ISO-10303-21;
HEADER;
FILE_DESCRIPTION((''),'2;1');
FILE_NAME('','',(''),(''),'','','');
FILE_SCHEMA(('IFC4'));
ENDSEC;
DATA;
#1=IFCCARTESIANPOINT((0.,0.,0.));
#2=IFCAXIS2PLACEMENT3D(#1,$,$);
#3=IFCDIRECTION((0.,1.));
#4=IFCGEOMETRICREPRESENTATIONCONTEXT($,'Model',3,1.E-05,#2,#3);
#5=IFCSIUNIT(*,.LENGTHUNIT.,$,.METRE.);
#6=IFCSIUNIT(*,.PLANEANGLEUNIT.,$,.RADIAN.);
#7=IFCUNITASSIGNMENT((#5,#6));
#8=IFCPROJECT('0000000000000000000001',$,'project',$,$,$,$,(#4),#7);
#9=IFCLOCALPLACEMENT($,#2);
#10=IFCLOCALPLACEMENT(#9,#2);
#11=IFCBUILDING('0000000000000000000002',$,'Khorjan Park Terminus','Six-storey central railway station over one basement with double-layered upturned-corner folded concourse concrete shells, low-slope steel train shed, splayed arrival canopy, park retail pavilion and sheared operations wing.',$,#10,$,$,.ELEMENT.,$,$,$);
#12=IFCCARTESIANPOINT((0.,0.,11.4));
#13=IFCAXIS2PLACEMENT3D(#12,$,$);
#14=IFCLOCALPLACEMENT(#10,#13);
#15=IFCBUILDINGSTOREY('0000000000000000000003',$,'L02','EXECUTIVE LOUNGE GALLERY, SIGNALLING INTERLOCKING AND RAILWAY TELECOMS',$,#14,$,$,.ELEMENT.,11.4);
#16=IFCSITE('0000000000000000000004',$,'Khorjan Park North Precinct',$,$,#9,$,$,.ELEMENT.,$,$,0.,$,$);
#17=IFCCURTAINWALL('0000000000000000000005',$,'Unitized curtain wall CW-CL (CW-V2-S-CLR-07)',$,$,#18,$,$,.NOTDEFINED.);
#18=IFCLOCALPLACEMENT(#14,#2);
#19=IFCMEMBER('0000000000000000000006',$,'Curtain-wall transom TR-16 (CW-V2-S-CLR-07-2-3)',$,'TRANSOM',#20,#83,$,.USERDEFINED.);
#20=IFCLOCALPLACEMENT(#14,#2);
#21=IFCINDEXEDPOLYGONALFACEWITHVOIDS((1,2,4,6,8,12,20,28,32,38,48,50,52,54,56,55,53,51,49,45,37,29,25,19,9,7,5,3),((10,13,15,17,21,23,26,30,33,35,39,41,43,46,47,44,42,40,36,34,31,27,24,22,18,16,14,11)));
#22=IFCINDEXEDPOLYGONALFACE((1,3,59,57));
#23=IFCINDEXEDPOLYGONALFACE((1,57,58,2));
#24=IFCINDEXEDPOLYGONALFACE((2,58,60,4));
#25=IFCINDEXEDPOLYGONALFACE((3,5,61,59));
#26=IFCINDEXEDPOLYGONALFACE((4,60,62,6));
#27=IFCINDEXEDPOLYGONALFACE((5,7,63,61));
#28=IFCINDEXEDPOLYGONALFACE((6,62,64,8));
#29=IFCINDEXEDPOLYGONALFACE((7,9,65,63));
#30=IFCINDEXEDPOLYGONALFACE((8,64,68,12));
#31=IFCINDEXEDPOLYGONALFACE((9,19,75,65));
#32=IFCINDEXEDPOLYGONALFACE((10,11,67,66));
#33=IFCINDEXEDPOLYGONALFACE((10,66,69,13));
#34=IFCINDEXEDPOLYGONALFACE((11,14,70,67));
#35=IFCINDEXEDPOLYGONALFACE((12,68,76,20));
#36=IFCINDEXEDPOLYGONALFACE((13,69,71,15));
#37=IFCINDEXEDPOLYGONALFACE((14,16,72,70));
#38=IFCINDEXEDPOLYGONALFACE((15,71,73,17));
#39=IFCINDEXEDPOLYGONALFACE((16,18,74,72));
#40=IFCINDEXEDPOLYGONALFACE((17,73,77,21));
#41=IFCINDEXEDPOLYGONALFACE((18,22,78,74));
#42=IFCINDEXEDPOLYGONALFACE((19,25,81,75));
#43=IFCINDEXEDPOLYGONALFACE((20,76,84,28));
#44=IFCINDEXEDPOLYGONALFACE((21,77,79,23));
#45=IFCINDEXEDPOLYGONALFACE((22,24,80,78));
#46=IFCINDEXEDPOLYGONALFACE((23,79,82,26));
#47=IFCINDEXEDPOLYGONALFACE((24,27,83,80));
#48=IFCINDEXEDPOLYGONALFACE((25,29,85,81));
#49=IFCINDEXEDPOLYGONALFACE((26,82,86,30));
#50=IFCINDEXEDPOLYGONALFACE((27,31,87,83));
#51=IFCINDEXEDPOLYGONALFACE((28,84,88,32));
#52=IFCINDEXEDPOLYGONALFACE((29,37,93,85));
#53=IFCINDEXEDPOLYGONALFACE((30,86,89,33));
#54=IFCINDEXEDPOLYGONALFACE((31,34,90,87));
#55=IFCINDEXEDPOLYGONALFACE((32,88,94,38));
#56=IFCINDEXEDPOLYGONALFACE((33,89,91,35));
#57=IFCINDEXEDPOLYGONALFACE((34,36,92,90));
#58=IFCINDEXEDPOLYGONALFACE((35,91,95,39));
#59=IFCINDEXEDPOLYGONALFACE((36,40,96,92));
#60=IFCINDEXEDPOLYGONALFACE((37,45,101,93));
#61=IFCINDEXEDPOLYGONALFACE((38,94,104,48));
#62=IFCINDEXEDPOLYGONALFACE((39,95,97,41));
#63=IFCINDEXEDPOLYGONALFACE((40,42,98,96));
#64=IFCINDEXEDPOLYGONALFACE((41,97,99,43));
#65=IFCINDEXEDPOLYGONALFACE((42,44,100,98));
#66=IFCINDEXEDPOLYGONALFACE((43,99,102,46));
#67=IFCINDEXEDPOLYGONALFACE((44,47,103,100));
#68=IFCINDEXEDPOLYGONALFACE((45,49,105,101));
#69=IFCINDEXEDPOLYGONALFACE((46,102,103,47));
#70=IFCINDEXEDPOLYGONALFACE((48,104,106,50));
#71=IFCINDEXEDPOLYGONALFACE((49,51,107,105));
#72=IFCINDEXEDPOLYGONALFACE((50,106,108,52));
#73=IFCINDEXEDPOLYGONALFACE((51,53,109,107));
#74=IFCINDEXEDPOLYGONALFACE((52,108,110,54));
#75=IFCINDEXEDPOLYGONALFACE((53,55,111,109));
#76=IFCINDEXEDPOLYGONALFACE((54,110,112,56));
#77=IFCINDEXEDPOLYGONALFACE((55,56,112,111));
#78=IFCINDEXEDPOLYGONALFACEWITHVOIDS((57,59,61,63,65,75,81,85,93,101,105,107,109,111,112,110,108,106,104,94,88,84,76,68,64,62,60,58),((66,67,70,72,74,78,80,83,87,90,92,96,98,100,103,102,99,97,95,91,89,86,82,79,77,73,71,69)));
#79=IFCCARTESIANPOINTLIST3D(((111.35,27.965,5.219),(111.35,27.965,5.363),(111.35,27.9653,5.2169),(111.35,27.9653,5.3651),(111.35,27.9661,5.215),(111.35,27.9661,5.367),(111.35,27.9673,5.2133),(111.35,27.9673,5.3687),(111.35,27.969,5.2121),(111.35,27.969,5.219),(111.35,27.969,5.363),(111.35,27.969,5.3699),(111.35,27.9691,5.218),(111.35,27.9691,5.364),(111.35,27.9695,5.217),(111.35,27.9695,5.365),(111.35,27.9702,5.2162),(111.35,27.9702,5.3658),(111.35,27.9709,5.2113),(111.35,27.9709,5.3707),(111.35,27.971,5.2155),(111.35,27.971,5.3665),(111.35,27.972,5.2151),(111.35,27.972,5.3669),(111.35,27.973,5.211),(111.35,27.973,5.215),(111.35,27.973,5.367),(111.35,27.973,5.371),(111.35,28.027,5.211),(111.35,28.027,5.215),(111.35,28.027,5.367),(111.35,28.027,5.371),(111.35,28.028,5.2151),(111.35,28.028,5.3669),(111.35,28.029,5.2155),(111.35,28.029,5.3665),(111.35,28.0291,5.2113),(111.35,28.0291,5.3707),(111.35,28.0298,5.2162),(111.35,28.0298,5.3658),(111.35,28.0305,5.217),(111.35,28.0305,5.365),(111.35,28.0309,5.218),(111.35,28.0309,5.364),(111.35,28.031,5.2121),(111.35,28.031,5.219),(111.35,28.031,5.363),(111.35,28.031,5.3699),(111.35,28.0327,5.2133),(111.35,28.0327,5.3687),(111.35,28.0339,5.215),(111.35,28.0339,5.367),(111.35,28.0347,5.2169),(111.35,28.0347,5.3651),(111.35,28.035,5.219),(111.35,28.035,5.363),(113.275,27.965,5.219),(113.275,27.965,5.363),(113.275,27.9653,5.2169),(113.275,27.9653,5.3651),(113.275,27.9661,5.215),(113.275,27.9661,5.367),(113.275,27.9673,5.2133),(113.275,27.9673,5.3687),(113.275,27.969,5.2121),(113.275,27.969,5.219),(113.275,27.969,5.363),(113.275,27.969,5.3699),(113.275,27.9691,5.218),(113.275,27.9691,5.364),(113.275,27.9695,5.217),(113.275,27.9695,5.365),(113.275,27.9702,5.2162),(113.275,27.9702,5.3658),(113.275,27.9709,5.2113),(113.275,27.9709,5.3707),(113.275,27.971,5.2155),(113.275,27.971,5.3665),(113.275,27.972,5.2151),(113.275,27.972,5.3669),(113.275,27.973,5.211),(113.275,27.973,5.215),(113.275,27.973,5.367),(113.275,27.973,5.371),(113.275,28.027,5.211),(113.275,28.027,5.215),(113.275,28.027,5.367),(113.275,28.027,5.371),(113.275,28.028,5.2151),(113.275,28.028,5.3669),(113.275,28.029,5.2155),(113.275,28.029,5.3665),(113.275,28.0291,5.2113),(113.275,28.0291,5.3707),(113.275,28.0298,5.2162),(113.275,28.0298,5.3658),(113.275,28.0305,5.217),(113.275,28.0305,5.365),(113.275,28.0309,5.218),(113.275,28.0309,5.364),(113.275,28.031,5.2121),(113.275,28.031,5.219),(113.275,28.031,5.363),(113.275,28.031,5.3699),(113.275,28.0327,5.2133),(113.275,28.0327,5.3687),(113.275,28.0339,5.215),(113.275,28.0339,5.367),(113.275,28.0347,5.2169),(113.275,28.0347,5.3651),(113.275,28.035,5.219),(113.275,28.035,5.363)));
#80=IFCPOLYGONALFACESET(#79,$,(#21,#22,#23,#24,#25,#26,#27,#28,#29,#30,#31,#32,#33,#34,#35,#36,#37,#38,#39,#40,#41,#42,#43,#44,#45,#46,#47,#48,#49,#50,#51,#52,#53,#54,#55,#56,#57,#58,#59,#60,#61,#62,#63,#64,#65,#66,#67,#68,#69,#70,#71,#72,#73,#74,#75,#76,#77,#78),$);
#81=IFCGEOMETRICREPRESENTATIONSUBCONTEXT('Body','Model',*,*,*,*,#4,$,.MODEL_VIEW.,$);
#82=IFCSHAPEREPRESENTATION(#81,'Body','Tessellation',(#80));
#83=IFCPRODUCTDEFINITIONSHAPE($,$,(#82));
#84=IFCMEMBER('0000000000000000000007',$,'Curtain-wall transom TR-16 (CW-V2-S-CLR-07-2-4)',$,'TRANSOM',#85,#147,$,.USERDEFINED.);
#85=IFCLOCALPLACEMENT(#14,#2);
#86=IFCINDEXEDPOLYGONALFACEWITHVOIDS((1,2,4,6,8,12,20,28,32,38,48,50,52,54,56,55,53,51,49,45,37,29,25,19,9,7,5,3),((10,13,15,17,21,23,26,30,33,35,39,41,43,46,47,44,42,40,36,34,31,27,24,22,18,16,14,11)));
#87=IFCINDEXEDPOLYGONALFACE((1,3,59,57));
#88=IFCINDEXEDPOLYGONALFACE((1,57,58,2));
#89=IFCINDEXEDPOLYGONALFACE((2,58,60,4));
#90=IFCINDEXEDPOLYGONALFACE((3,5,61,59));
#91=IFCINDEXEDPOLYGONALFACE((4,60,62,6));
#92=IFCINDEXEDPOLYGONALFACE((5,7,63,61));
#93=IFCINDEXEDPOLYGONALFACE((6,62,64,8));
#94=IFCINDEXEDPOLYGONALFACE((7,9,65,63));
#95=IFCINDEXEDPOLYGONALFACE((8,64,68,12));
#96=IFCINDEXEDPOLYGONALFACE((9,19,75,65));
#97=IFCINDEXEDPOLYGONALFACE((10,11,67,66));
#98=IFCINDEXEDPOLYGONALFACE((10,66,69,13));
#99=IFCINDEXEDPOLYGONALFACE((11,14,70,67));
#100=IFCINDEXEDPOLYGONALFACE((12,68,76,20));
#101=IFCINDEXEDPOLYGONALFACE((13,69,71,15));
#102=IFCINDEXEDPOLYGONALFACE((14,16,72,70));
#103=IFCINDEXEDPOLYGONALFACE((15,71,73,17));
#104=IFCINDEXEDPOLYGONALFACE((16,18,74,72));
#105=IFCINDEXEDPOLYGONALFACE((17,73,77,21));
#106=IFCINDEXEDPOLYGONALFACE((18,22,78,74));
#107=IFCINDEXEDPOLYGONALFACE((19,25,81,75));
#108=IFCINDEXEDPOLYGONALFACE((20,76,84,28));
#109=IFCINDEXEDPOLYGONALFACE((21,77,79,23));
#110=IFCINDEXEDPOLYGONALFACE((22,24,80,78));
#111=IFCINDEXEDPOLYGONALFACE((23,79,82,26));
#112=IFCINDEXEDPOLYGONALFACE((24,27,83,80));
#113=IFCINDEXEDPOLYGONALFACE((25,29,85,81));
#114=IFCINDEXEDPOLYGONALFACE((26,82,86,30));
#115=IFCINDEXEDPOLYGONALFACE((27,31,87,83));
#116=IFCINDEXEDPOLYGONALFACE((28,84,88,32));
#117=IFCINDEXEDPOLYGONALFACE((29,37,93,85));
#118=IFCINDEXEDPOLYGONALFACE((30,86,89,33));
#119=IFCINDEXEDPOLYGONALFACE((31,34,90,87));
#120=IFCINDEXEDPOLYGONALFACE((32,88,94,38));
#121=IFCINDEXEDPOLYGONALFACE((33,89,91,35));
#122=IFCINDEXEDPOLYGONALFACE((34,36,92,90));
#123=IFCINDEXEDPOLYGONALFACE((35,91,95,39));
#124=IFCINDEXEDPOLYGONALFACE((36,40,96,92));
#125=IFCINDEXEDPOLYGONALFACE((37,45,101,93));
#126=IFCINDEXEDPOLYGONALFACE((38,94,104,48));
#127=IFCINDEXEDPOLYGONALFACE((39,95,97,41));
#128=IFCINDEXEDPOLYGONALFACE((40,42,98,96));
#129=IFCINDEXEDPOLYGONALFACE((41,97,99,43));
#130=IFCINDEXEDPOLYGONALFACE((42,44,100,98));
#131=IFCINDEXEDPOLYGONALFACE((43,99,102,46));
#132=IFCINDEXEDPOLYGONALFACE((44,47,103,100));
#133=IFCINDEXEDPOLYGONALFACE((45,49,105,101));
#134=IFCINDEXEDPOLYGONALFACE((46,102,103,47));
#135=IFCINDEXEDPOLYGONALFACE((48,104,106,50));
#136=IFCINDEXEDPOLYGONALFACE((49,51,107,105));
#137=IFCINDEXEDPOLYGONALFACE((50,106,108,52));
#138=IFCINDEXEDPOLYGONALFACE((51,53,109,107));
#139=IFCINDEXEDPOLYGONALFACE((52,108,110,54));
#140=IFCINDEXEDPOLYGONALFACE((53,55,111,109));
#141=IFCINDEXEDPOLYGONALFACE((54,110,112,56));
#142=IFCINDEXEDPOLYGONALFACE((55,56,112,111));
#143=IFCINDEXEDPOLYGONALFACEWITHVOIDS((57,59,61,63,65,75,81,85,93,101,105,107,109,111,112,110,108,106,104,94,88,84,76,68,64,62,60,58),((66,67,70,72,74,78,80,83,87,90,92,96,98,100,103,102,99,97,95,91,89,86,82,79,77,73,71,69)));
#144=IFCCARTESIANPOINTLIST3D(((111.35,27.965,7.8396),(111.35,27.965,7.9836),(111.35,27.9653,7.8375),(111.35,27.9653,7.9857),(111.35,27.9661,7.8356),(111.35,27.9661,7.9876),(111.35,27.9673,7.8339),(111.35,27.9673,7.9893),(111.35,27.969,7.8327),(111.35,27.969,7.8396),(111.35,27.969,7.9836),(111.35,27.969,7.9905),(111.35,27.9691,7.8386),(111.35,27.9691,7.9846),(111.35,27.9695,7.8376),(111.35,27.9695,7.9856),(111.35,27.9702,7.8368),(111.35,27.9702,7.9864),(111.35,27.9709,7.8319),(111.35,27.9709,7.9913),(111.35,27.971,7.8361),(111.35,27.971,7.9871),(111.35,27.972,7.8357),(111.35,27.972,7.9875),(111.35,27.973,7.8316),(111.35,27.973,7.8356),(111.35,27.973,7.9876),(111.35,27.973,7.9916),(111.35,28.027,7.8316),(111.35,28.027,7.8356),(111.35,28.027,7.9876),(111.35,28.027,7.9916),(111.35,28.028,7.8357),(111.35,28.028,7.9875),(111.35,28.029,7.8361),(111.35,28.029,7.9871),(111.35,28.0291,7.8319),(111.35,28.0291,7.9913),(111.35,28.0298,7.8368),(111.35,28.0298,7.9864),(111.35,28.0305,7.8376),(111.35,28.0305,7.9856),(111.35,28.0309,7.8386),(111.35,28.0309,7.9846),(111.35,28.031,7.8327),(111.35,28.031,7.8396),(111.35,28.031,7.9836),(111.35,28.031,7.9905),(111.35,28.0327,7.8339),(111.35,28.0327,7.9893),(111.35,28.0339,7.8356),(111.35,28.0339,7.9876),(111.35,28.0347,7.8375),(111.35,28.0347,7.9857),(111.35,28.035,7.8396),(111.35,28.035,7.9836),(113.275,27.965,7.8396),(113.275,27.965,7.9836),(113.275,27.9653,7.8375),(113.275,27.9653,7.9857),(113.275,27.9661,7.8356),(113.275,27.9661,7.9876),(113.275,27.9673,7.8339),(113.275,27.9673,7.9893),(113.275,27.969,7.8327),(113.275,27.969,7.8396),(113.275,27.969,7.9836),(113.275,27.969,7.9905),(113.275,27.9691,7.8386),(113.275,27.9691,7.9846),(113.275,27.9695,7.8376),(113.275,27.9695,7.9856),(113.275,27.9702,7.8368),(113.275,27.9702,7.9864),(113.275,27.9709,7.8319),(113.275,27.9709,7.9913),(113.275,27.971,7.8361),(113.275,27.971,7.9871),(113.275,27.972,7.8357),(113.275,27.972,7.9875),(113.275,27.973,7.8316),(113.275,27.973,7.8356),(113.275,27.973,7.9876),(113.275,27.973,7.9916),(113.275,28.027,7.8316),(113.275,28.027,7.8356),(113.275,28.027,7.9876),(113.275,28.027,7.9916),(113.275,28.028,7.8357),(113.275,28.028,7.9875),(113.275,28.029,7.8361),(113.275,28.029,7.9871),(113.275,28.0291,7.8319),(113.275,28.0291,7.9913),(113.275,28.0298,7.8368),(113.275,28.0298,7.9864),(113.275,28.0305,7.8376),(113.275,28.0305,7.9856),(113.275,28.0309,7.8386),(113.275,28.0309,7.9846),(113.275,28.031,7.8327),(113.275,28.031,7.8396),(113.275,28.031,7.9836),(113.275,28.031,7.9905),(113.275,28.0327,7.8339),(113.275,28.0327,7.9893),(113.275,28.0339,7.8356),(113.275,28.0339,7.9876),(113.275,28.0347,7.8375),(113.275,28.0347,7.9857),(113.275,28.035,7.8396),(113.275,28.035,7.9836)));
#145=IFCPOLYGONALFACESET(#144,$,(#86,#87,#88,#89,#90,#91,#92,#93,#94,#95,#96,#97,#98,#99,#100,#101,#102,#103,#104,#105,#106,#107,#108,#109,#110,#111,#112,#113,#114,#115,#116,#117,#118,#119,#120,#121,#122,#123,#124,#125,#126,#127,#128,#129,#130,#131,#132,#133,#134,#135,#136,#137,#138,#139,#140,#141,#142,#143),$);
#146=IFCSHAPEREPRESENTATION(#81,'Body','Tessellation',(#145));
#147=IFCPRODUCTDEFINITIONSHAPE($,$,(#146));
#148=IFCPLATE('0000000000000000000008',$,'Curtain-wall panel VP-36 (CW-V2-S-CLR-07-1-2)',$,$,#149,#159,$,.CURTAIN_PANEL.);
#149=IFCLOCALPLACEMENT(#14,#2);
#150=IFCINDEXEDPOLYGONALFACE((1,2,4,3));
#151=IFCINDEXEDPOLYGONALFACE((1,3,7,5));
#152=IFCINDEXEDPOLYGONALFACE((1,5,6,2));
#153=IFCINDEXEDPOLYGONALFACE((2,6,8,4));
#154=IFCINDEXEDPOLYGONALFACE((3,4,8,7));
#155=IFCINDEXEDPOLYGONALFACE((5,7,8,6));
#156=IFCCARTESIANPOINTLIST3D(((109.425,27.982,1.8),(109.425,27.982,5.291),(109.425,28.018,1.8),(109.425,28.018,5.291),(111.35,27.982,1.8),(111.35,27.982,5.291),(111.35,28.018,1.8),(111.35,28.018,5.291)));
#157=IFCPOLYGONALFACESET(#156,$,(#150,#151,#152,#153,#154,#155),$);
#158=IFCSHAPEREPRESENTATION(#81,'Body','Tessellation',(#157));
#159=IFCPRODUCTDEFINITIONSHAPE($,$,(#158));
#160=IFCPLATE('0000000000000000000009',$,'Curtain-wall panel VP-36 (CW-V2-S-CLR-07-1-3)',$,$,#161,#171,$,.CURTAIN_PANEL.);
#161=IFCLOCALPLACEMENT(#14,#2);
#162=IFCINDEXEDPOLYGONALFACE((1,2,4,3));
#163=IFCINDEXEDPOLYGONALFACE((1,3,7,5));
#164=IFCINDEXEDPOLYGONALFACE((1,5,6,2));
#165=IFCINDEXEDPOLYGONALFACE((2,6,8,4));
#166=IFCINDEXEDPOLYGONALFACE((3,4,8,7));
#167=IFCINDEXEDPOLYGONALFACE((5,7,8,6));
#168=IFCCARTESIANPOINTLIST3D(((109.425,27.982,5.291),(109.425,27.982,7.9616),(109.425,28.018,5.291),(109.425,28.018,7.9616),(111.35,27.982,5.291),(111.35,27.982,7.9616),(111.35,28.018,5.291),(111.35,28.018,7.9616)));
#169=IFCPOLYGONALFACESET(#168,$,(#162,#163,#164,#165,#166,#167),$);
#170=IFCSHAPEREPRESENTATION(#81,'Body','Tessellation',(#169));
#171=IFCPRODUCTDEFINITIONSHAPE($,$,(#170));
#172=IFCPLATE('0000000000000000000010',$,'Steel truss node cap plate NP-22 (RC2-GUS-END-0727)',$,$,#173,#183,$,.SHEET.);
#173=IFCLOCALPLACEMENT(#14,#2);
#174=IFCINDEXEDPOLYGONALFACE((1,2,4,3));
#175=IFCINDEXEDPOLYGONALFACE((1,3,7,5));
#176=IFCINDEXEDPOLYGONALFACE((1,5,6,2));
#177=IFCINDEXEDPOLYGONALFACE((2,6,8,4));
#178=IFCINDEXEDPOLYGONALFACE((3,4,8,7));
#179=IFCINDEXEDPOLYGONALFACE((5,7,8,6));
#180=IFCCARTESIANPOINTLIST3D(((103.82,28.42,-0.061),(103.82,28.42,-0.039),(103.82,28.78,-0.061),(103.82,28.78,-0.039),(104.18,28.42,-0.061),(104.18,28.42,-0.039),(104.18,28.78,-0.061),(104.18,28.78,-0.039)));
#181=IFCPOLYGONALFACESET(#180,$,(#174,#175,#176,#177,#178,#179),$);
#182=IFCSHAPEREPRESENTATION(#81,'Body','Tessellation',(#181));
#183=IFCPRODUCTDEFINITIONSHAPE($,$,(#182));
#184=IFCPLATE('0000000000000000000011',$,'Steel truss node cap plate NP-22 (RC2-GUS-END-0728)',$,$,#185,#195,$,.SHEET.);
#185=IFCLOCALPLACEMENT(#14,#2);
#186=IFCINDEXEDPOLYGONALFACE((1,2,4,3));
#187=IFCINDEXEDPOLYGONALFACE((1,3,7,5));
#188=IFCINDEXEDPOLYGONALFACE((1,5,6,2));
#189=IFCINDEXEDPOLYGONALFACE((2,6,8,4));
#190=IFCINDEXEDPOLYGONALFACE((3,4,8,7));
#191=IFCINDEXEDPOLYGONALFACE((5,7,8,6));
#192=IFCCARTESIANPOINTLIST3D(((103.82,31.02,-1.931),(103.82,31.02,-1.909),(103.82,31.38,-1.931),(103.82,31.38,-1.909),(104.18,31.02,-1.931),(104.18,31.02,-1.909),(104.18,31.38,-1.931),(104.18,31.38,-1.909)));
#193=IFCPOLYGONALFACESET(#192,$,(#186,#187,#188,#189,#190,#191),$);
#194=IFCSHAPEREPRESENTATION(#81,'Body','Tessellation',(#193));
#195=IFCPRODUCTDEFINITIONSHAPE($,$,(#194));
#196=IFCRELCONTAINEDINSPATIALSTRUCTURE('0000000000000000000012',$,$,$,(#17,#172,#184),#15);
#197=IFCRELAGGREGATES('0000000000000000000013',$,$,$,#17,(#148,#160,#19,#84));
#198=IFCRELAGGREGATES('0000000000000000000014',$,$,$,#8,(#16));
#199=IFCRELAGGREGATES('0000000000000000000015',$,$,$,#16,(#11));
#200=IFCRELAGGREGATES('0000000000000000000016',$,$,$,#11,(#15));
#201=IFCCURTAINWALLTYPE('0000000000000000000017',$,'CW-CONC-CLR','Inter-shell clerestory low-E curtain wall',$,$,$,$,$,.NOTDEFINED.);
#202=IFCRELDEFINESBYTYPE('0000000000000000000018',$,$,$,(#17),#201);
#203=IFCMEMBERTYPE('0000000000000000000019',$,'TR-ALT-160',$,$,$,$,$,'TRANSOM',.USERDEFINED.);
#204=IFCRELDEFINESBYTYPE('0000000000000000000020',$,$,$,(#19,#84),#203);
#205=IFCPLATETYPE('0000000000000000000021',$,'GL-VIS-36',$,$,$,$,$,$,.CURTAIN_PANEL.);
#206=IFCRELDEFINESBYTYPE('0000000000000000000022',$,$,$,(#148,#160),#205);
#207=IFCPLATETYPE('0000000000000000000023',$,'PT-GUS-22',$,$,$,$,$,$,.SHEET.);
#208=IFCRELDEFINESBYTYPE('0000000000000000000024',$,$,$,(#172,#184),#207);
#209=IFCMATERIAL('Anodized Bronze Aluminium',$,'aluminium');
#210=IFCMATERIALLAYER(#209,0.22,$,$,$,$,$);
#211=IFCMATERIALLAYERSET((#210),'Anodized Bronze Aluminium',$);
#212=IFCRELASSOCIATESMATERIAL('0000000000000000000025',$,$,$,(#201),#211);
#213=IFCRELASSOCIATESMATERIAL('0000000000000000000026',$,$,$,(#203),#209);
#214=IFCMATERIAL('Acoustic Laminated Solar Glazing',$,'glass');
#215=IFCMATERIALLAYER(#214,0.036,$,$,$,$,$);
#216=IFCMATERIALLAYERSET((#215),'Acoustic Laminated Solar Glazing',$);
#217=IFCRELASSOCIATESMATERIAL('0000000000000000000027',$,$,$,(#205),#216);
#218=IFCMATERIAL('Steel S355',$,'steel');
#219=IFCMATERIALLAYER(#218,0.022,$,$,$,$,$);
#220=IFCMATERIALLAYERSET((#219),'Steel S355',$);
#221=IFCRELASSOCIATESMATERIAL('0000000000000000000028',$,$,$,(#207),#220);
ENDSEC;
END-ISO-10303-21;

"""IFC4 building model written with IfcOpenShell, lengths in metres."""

from ifc_helpers import new_model, si_unit, direction, frame, origin, origin_2d, place, context, subcontext, project, spatial, rectangle, hollow_rectangle, extrude, material, layer, layer_set, material_profile, profile_set, type_object, element, aggregate, save


model = new_model("IFC4")

# Units and contexts
model_context = context("Model", 3, precision=1e-05, world=origin(), true_north=direction((0.0, 1.0)))
body_context = subcontext(model_context, "Body", "Model", "MODEL_VIEW")
ifc_project = project(units=[si_unit("LENGTHUNIT", "METRE"), si_unit("PLANEANGLEUNIT", "RADIAN")], contexts=[model_context])

# Site, building, storey
site_placement = place(None, origin())
site = spatial("IfcSite", under=ifc_project, at=site_placement, Name="Khorjan Park North Precinct", CompositionType="ELEMENT", RefElevation=0.0)
building_placement = place(site_placement, origin())
building = spatial("IfcBuilding", under=site, at=building_placement, Name="Khorjan Park Terminus", Description="Six-storey central railway station over one basement with double-layered upturned-corner folded concourse concrete shells, low-slope steel train shed, splayed arrival canopy, park retail pavilion and sheared operations wing.", CompositionType="ELEMENT")
storey_placement = place(building_placement, frame((0.0, 0.0, 11.4)))
storey = spatial("IfcBuildingStorey", under=building, at=storey_placement, Name="L02", Description="EXECUTIVE LOUNGE GALLERY, SIGNALLING INTERLOCKING AND RAILWAY TELECOMS", CompositionType="ELEMENT", Elevation=11.4)

# Shared definitions
ifc_material_1 = material(Name="Steel S355", Category="steel")

# Curtain wall, members, plates
ifc_material_2 = material(Name="Anodized Bronze Aluminium", Category="aluminium")
ifc_layer_1 = layer(ifc_material_2, 0.22)
ifc_layer_set_1 = layer_set([ifc_layer_1], Name="Anodized Bronze Aluminium")
curtain_wall_type = type_object("IfcCurtainWallType", Name="CW-CONC-CLR", Description="Inter-shell clerestory low-E curtain wall", PredefinedType="NOTDEFINED", material=ifc_layer_set_1)
curtain_wall_placement = place(storey_placement, origin())
curtain_wall = element("IfcCurtainWall", 1, at=curtain_wall_placement, inside=storey, type_object=curtain_wall_type, Name="Unitized curtain wall CW-CL (CW-V2-S-CLR-07)", PredefinedType="NOTDEFINED")
ifc_material_profile_1 = material_profile(ifc_material_2, hollow_rectangle(XDim=0.07, YDim=0.16, WallThickness=0.004, InnerFilletRadius=0.004, OuterFilletRadius=0.008, at=origin_2d()), Name="ALT 70x160x4")
ifc_profile_set_1 = profile_set([ifc_material_profile_1], Name="Anodized Bronze Aluminium")
member_type_1 = type_object("IfcMemberType", Name="TR-ALT-160", ElementType="TRANSOM", PredefinedType="USERDEFINED", material=ifc_profile_set_1)
member_1_placement = place(storey_placement, frame((111.35, 28.0, 5.291), z_axis=(1.0, 0.0, 0.0), x_axis=(0.0, 1.0, 0.0)))
member_1 = element("IfcMember", 2, at=member_1_placement, type_object=member_type_1, Name="Curtain-wall transom TR-16 (CW-V2-S-CLR-07-2-3)", ObjectType="TRANSOM", PredefinedType="USERDEFINED", context=body_context, shape_type="SweptSolid", body=[
    extrude(hollow_rectangle(XDim=0.07, YDim=0.16, WallThickness=0.004, InnerFilletRadius=0.004, OuterFilletRadius=0.008, at=origin_2d()), origin(), (0.0, 0.0, 1.0), 1.925),
])
member_2_placement = place(storey_placement, frame((111.35, 28.0, 7.9116), z_axis=(1.0, 0.0, 0.0), x_axis=(0.0, 1.0, 0.0)))
member_2 = element("IfcMember", 3, at=member_2_placement, type_object=member_type_1, Name="Curtain-wall transom TR-16 (CW-V2-S-CLR-07-2-4)", ObjectType="TRANSOM", PredefinedType="USERDEFINED", context=body_context, shape_type="SweptSolid", body=[
    extrude(hollow_rectangle(XDim=0.07, YDim=0.16, WallThickness=0.004, InnerFilletRadius=0.004, OuterFilletRadius=0.008, at=origin_2d()), origin(), (0.0, 0.0, 1.0), 1.925),
])
ifc_material_3 = material(Name="Acoustic Laminated Solar Glazing", Category="glass")
ifc_layer_2 = layer(ifc_material_3, 0.036)
ifc_layer_set_2 = layer_set([ifc_layer_2], Name="Acoustic Laminated Solar Glazing")
plate_type_1 = type_object("IfcPlateType", Name="GL-VIS-36", PredefinedType="CURTAIN_PANEL", material=ifc_layer_set_2)
plate_1_placement = place(storey_placement, frame((110.3875, 28.0, 1.8), z_axis=(0.0, 0.0, 1.0), x_axis=(1.0, 0.0, 0.0)))
plate_1 = element("IfcPlate", 4, at=plate_1_placement, type_object=plate_type_1, Name="Curtain-wall panel VP-36 (CW-V2-S-CLR-07-1-2)", PredefinedType="CURTAIN_PANEL", context=body_context, shape_type="SweptSolid", body=[
    extrude(rectangle(XDim=1.925, YDim=0.036, at=origin_2d()), origin(), (0.0, 0.0, 1.0), 3.491),
])
plate_2_placement = place(storey_placement, frame((110.3875, 28.0, 5.291), z_axis=(0.0, 0.0, 1.0), x_axis=(1.0, 0.0, 0.0)))
plate_2 = element("IfcPlate", 5, at=plate_2_placement, type_object=plate_type_1, Name="Curtain-wall panel VP-36 (CW-V2-S-CLR-07-1-3)", PredefinedType="CURTAIN_PANEL", context=body_context, shape_type="SweptSolid", body=[
    extrude(rectangle(XDim=1.925, YDim=0.036, at=origin_2d()), origin(), (0.0, 0.0, 1.0), 2.6706),
])
aggregate(curtain_wall, [plate_1, plate_2, member_1, member_2])

# Plates
ifc_layer_3 = layer(ifc_material_1, 0.022)
ifc_layer_set_3 = layer_set([ifc_layer_3], Name="Steel S355")
plate_type_2 = type_object("IfcPlateType", Name="PT-GUS-22", PredefinedType="SHEET", material=ifc_layer_set_3)
for number, where, z_axis, x_axis, name in (
    (6, (104.0, 28.6, -0.061), (0.0, 0.0, 1.0), (1.0, 0.0, 0.0), "Steel truss node cap plate NP-22 (RC2-GUS-END-0727)"),
    (7, (104.0, 31.2, -1.931), (0.0, 0.0, 1.0), (1.0, 0.0, 0.0), "Steel truss node cap plate NP-22 (RC2-GUS-END-0728)"),
):
    element("IfcPlate", number, at=place(storey_placement, frame(where, z_axis=z_axis, x_axis=x_axis)), inside=storey, type_object=plate_type_2, Name=name, PredefinedType="SHEET", context=body_context, shape_type="SweptSolid", body=[
        extrude(rectangle(XDim=0.36, YDim=0.36, at=origin_2d()), origin(), (0.0, 0.0, 1.0), 0.022),
    ])

save(model, "model.ifc")
